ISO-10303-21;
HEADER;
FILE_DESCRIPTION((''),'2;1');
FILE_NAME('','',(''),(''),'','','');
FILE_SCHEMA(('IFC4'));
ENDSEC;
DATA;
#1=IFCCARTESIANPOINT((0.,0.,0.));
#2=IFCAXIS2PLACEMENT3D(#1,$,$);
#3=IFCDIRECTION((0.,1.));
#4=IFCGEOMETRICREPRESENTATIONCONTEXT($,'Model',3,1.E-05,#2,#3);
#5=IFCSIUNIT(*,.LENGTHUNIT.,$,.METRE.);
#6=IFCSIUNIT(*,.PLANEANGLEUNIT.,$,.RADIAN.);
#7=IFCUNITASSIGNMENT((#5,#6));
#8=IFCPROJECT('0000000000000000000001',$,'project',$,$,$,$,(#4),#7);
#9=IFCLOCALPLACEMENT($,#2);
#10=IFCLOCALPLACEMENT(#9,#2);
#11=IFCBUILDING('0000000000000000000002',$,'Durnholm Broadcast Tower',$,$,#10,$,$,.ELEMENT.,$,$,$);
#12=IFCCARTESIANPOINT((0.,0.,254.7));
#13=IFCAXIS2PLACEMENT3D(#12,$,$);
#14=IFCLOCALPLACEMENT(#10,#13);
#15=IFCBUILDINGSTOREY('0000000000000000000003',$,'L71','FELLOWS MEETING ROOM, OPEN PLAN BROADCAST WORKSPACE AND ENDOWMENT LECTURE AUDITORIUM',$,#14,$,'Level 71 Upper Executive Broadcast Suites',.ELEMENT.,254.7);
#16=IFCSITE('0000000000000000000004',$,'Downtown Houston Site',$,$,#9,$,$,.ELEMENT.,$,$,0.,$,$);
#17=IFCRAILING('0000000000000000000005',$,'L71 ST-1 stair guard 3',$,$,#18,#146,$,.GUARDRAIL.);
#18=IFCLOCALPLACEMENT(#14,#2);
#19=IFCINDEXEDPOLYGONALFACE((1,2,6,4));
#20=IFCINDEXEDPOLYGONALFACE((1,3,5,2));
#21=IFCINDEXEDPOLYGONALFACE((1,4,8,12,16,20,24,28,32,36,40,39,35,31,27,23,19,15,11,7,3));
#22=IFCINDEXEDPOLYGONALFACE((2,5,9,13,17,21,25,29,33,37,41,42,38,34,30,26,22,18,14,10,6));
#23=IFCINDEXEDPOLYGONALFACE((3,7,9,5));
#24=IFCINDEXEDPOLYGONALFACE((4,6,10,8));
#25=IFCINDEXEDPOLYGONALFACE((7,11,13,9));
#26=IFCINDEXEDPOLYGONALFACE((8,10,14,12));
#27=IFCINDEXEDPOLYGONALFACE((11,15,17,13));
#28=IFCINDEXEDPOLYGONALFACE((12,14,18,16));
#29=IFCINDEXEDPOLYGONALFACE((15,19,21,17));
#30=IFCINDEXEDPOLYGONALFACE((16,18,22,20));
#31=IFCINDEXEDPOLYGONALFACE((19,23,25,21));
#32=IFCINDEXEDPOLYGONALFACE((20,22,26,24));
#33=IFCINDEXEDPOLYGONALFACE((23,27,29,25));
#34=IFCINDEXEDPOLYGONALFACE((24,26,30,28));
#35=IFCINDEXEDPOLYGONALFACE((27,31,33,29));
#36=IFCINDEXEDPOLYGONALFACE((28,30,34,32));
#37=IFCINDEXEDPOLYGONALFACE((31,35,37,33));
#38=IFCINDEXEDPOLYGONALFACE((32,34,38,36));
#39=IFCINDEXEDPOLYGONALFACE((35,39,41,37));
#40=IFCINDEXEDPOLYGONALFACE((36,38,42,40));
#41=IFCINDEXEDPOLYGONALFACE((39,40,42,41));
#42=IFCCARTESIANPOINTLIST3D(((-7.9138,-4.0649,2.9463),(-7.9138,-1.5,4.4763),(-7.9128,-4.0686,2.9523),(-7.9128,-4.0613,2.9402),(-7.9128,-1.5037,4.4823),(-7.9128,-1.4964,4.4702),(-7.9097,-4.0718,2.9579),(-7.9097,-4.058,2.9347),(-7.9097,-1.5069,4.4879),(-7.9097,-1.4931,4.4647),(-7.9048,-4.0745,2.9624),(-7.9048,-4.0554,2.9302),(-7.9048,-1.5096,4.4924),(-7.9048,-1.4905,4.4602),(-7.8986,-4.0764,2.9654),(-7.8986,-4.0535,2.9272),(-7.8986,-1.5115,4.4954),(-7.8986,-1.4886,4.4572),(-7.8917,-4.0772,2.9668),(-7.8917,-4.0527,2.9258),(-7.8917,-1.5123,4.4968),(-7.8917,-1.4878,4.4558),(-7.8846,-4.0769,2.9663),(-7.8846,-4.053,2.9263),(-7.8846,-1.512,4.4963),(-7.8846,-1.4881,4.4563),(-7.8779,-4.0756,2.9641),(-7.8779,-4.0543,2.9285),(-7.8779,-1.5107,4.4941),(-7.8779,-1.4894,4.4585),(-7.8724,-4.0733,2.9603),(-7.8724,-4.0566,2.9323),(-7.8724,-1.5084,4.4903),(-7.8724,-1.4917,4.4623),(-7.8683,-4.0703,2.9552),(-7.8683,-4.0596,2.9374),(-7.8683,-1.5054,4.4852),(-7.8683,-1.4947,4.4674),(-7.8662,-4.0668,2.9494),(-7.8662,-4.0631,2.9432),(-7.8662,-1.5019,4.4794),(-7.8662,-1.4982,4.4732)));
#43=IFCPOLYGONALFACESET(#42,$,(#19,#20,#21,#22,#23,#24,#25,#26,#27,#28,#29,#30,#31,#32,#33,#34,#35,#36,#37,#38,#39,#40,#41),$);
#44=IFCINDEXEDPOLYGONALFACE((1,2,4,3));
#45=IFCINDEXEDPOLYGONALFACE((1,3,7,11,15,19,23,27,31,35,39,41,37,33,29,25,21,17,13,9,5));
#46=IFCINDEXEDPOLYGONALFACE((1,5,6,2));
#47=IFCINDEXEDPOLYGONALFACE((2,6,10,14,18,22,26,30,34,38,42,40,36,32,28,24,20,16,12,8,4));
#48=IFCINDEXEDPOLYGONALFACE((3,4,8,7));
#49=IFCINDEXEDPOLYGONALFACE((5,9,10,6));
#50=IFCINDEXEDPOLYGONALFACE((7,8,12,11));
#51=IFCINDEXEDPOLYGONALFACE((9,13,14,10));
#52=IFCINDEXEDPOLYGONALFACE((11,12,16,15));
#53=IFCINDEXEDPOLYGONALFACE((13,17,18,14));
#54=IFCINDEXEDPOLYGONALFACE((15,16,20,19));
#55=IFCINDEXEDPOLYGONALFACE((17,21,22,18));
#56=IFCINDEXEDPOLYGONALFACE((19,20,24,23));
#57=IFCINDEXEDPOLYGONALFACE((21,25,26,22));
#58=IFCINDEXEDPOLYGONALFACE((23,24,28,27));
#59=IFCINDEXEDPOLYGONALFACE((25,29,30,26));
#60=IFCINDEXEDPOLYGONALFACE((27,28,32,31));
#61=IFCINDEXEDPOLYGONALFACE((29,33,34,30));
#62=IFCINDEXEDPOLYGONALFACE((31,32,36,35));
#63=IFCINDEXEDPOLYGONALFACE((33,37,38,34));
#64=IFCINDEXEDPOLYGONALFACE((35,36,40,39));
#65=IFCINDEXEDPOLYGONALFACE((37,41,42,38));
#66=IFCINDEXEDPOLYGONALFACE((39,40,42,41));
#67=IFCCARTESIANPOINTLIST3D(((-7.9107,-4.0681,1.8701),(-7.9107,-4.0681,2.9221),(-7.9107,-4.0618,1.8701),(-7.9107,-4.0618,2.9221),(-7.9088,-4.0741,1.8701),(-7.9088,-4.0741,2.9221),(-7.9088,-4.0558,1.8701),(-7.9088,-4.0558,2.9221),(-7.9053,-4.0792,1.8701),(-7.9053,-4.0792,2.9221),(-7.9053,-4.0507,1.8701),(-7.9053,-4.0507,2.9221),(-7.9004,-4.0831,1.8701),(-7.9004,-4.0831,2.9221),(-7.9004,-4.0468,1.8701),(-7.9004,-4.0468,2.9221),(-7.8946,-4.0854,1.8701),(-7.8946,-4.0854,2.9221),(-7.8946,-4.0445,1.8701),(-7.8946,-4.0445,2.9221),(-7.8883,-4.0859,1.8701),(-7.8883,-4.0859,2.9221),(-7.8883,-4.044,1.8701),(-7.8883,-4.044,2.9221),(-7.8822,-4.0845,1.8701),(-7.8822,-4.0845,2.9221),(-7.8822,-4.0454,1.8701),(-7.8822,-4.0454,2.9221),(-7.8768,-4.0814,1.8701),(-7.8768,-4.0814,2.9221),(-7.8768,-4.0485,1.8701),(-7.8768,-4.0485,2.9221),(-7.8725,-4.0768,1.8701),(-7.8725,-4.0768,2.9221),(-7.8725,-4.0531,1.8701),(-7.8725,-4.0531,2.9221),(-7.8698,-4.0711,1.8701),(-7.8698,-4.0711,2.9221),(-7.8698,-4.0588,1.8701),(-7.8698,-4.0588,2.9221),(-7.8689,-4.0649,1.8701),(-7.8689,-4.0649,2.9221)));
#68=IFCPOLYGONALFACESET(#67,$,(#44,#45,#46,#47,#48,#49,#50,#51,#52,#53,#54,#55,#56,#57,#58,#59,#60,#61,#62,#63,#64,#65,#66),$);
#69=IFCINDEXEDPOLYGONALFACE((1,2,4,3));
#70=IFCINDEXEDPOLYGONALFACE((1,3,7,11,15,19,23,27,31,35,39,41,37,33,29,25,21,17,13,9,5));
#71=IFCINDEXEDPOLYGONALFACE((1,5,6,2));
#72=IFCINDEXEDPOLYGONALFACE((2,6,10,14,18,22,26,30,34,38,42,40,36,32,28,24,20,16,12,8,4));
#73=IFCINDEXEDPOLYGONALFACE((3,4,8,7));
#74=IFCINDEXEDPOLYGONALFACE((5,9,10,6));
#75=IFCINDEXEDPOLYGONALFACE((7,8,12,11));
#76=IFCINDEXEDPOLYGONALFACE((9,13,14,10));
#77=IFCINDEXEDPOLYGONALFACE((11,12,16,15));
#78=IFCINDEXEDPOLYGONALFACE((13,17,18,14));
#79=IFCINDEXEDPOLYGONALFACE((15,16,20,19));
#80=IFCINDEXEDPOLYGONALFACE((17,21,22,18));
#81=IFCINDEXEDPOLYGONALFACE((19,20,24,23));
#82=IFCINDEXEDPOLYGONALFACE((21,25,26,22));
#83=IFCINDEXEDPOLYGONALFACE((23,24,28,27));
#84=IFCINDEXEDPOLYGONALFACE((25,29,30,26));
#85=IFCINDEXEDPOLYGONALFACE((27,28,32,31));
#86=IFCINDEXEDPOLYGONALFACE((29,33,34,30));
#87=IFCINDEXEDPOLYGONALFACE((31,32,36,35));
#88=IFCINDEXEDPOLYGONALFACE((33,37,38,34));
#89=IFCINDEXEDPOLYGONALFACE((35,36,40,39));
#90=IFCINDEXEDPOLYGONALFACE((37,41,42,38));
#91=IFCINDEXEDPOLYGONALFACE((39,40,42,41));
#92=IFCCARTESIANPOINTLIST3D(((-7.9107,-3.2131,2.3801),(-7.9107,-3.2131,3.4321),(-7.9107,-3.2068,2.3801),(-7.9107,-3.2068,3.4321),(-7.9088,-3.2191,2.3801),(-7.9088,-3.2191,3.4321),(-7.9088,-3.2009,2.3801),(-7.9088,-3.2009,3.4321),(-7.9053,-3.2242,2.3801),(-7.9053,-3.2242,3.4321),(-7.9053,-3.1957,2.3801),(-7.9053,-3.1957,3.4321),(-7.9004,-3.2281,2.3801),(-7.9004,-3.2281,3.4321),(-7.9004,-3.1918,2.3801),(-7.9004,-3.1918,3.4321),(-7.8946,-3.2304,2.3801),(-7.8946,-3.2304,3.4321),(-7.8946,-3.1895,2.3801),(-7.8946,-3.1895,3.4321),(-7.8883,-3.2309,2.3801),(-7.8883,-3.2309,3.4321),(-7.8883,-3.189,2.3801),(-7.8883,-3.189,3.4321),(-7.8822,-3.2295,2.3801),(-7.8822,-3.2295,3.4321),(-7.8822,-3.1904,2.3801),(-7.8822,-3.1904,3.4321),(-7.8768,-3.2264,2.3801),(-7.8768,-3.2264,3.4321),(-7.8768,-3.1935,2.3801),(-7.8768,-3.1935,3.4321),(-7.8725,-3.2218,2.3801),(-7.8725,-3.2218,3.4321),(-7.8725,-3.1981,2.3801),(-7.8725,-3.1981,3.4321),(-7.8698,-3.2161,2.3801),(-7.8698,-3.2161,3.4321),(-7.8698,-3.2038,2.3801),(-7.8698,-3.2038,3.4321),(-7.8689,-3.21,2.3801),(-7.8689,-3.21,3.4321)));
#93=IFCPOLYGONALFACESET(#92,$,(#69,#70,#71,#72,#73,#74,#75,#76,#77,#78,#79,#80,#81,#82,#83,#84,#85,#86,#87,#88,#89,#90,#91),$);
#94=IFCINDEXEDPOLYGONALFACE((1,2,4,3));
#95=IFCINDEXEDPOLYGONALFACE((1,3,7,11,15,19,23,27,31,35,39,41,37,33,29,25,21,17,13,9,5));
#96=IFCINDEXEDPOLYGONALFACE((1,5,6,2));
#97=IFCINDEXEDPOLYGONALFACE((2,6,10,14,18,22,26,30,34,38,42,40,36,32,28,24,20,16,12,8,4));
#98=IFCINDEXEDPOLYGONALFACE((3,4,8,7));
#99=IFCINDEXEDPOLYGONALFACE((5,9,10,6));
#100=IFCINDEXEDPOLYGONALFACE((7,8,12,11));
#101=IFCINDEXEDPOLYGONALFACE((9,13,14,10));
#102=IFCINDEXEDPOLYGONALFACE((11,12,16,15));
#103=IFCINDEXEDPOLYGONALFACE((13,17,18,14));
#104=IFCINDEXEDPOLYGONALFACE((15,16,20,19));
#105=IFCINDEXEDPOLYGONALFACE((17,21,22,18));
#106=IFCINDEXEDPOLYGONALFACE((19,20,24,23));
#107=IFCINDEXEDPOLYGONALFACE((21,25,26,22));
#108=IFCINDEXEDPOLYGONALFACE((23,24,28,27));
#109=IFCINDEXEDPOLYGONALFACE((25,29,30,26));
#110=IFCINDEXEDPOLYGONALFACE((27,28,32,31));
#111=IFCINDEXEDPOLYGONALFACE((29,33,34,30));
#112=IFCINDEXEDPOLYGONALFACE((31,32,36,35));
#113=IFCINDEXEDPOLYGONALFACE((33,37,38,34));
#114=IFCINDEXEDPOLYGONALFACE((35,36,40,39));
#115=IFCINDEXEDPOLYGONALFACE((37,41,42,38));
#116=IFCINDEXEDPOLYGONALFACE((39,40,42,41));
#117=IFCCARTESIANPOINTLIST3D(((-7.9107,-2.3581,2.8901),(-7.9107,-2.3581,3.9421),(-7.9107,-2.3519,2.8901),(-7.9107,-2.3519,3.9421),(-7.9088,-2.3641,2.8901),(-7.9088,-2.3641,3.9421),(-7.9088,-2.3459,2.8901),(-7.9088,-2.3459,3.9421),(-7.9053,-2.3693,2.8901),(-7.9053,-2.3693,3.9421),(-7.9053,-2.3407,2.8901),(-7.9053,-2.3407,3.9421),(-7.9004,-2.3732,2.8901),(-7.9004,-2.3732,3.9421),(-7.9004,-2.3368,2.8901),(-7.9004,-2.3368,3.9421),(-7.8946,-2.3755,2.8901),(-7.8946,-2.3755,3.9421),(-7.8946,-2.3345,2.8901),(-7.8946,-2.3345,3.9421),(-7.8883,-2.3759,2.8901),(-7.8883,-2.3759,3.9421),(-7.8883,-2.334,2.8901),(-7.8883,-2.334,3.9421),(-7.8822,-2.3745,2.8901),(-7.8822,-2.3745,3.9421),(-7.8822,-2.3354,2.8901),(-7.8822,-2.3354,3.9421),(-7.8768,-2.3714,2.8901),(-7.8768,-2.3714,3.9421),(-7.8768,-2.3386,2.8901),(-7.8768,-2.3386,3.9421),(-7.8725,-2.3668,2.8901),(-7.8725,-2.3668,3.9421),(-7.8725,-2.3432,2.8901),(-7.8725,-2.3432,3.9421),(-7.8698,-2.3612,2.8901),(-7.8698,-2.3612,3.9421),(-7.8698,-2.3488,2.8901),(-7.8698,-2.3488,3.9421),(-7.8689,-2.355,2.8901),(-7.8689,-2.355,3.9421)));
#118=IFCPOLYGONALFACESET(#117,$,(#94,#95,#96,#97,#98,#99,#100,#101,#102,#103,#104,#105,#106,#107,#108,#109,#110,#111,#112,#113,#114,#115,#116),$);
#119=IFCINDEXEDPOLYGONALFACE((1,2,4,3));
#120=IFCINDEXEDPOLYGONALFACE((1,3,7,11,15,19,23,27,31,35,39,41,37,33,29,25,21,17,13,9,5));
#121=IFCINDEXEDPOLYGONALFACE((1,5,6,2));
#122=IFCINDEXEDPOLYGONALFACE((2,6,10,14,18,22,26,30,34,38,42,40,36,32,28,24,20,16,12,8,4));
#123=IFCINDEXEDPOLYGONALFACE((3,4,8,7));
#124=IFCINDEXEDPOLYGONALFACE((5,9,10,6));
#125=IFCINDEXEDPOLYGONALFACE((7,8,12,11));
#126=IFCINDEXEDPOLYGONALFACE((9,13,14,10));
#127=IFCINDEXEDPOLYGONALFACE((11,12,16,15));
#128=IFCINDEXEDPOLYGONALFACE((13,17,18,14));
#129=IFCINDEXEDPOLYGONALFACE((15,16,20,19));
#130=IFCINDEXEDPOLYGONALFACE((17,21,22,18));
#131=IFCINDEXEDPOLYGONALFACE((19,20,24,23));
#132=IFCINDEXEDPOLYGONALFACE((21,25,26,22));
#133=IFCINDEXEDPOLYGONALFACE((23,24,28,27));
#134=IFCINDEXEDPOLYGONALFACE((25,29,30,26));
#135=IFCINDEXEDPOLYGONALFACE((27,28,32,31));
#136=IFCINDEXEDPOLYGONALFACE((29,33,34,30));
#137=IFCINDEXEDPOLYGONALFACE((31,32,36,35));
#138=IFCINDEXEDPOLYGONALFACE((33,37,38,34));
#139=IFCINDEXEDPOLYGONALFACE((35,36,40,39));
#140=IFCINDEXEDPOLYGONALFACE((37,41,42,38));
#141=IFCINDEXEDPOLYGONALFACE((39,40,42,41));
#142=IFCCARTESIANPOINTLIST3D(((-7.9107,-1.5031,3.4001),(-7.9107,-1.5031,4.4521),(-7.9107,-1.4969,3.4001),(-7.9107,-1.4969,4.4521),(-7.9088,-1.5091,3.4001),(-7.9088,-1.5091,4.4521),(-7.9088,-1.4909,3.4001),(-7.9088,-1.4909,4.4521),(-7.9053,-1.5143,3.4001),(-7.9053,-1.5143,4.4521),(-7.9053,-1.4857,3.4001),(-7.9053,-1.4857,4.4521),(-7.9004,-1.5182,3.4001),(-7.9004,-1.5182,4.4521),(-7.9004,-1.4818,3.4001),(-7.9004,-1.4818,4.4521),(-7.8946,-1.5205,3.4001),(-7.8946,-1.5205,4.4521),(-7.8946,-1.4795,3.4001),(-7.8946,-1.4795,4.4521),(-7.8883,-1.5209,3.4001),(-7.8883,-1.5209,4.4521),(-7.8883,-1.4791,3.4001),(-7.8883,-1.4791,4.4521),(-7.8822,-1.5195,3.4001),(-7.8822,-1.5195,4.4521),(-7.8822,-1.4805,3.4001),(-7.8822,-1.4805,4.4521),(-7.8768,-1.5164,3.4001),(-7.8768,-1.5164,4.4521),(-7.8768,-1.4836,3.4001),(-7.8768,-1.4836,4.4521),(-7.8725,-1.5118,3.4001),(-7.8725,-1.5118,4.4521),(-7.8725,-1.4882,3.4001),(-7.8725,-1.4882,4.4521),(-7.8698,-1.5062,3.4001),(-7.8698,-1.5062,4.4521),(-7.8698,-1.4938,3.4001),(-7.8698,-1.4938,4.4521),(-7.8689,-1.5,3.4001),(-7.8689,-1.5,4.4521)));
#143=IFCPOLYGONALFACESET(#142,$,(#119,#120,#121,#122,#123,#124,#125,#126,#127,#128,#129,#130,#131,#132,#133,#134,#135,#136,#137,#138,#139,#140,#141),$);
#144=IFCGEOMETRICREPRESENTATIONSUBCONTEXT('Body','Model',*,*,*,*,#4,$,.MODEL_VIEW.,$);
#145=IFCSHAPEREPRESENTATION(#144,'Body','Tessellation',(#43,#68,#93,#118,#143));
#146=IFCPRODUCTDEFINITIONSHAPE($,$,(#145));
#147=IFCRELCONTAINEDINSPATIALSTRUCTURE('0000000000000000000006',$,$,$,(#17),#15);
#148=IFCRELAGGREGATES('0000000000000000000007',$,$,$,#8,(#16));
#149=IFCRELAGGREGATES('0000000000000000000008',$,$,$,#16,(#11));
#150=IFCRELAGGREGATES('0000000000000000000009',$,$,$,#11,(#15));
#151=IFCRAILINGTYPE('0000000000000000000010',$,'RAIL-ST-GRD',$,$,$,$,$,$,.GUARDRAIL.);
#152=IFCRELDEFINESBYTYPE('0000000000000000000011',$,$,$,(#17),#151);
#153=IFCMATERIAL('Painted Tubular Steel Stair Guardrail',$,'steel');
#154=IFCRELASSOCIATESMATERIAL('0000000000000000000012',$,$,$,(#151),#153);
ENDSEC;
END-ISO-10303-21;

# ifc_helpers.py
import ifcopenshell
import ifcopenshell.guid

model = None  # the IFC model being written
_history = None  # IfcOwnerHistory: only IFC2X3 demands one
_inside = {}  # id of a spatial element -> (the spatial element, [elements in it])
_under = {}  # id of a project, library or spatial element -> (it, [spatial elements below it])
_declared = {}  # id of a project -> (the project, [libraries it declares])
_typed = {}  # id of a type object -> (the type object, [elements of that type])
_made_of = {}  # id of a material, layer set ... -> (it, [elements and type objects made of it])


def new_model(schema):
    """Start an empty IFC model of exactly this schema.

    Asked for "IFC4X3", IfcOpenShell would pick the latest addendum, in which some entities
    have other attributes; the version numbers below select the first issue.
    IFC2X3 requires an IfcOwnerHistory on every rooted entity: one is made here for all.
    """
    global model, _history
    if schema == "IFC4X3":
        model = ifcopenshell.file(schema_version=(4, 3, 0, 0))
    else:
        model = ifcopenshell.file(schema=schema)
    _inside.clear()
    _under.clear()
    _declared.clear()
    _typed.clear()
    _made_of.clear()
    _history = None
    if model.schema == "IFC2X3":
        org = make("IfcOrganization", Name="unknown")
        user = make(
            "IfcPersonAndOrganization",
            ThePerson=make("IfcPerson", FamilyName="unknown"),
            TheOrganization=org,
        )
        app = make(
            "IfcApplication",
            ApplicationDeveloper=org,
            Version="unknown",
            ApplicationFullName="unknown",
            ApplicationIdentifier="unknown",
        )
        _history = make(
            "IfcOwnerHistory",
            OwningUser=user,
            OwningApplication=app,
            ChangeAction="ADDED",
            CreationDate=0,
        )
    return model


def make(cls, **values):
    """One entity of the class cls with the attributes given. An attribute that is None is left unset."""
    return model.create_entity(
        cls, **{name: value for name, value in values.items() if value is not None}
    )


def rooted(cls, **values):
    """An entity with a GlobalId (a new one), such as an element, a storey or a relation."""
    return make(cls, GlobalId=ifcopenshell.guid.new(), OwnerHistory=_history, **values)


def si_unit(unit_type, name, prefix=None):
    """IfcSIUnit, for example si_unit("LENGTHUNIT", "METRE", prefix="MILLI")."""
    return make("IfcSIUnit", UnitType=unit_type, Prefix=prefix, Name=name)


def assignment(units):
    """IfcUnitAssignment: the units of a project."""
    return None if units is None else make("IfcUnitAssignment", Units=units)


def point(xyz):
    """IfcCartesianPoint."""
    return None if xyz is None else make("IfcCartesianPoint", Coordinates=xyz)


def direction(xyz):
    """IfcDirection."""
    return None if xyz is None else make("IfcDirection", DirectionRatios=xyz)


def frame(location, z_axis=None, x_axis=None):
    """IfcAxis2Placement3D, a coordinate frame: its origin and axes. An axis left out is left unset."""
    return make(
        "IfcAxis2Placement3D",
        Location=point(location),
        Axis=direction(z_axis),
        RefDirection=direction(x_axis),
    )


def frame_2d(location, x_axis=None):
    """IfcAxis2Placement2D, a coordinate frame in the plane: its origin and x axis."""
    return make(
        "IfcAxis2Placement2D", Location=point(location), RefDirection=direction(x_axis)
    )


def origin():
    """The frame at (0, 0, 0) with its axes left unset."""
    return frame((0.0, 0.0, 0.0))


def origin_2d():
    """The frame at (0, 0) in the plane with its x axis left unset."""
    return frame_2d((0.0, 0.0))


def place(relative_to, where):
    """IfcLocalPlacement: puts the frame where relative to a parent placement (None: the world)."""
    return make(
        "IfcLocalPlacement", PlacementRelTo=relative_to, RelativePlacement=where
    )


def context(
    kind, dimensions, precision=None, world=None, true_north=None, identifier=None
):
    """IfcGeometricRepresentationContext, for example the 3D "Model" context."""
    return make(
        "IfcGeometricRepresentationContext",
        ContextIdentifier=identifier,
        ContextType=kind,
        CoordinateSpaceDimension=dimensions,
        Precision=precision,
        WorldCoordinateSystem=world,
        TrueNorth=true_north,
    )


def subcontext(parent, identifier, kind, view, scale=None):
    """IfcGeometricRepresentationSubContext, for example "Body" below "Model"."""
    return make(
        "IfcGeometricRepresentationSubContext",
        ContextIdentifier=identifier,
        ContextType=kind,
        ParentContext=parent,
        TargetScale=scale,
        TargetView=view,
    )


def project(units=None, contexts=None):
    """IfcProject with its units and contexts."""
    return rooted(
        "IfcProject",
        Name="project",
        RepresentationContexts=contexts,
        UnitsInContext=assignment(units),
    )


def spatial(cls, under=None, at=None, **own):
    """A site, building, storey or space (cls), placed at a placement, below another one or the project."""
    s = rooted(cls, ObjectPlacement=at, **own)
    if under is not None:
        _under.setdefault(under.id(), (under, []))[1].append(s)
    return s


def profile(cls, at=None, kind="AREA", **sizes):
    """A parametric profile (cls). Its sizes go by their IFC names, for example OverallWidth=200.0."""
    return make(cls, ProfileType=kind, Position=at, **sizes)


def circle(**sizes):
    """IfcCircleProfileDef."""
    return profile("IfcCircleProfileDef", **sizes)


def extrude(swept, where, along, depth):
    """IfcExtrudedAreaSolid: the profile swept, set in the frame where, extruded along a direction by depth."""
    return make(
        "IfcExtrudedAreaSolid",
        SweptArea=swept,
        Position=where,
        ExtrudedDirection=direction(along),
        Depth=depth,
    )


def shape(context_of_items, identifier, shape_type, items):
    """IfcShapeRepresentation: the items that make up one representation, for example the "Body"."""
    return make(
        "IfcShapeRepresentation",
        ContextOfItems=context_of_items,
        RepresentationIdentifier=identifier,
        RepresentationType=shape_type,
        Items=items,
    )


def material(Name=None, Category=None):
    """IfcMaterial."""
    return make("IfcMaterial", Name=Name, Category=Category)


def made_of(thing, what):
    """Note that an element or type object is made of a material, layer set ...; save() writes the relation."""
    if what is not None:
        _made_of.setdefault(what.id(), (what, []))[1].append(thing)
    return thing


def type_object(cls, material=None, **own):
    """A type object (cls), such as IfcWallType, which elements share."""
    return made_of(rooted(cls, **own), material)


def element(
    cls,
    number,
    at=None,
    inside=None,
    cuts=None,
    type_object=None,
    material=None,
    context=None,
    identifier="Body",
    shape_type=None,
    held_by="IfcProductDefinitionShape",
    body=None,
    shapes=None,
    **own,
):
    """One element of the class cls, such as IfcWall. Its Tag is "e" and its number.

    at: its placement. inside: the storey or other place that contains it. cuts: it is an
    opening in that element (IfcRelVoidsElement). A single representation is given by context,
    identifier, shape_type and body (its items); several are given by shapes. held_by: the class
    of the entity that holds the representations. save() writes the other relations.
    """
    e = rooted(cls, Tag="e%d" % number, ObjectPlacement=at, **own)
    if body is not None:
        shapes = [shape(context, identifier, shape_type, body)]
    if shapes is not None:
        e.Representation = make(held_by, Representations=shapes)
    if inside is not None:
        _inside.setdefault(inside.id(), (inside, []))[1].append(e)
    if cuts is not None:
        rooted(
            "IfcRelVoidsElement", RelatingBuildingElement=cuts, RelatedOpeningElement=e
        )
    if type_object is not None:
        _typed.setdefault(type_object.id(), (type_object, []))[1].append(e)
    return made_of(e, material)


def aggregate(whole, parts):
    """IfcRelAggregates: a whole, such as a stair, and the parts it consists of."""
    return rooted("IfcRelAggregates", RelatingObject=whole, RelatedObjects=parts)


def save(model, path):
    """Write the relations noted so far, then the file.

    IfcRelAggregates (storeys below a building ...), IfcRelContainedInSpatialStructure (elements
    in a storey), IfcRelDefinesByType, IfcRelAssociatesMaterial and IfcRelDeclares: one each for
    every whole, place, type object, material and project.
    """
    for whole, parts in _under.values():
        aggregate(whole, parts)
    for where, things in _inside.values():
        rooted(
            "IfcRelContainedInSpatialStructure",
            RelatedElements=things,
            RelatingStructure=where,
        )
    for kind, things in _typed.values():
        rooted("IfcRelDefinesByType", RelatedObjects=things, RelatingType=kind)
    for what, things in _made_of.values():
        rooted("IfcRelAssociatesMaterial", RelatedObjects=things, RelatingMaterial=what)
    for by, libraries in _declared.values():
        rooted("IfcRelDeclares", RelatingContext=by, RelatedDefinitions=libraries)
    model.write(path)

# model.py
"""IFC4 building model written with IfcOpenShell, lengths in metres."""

from ifc_helpers import new_model, si_unit, direction, frame, origin, origin_2d, place, context, subcontext, project, spatial, circle, extrude, material, type_object, element, save


model = new_model("IFC4")

# Units and contexts
model_context = context("Model", 3, precision=1e-05, world=origin(), true_north=direction((0.0, 1.0)))
body_context = subcontext(model_context, "Body", "Model", "MODEL_VIEW")
ifc_project = project(units=[si_unit("LENGTHUNIT", "METRE"), si_unit("PLANEANGLEUNIT", "RADIAN")], contexts=[model_context])

# Site, building, storey
site_placement = place(None, origin())
site = spatial("IfcSite", under=ifc_project, at=site_placement, Name="Downtown Houston Site", CompositionType="ELEMENT", RefElevation=0.0)
building_placement = place(site_placement, origin())
building = spatial("IfcBuilding", under=site, at=building_placement, Name="Durnholm Broadcast Tower", CompositionType="ELEMENT")
storey_placement = place(building_placement, frame((0.0, 0.0, 254.7)))
storey = spatial("IfcBuildingStorey", under=building, at=storey_placement, Name="L71", Description="FELLOWS MEETING ROOM, OPEN PLAN BROADCAST WORKSPACE AND ENDOWMENT LECTURE AUDITORIUM", LongName="Level 71 Upper Executive Broadcast Suites", CompositionType="ELEMENT", Elevation=254.7)

# Railing
ifc_material_1 = material(Name="Painted Tubular Steel Stair Guardrail", Category="steel")
railing_type_1 = type_object("IfcRailingType", Name="RAIL-ST-GRD", PredefinedType="GUARDRAIL", material=ifc_material_1)
railing_1_placement = place(storey_placement, frame((-7.8899, -4.0649, 1.8701)))
element("IfcRailing", 1, at=railing_1_placement, inside=storey, type_object=railing_type_1, Name="L71 ST-1 stair guard 3", PredefinedType="GUARDRAIL", context=body_context, shape_type="SweptSolid", body=[
    extrude(circle(Radius=0.0239, at=origin_2d()), frame((0.0, 0.0, 1.0762), z_axis=(0.0, 0.85881, 0.512294), x_axis=(-1.0, 0.0, 0.0)), (0.0, 0.0, 1.0), 2.9866),
    extrude(circle(Radius=0.021, at=origin_2d()), origin(), (0.0, 0.0, 1.0), 1.052),
    extrude(circle(Radius=0.021, at=origin_2d()), frame((0.0, 0.855, 0.51)), (0.0, 0.0, 1.0), 1.052),
    extrude(circle(Radius=0.021, at=origin_2d()), frame((0.0, 1.71, 1.02)), (0.0, 0.0, 1.0), 1.052),
    extrude(circle(Radius=0.021, at=origin_2d()), frame((0.0, 2.5649, 1.53)), (0.0, 0.0, 1.0), 1.052),
])

save(model, "model.ifc")
